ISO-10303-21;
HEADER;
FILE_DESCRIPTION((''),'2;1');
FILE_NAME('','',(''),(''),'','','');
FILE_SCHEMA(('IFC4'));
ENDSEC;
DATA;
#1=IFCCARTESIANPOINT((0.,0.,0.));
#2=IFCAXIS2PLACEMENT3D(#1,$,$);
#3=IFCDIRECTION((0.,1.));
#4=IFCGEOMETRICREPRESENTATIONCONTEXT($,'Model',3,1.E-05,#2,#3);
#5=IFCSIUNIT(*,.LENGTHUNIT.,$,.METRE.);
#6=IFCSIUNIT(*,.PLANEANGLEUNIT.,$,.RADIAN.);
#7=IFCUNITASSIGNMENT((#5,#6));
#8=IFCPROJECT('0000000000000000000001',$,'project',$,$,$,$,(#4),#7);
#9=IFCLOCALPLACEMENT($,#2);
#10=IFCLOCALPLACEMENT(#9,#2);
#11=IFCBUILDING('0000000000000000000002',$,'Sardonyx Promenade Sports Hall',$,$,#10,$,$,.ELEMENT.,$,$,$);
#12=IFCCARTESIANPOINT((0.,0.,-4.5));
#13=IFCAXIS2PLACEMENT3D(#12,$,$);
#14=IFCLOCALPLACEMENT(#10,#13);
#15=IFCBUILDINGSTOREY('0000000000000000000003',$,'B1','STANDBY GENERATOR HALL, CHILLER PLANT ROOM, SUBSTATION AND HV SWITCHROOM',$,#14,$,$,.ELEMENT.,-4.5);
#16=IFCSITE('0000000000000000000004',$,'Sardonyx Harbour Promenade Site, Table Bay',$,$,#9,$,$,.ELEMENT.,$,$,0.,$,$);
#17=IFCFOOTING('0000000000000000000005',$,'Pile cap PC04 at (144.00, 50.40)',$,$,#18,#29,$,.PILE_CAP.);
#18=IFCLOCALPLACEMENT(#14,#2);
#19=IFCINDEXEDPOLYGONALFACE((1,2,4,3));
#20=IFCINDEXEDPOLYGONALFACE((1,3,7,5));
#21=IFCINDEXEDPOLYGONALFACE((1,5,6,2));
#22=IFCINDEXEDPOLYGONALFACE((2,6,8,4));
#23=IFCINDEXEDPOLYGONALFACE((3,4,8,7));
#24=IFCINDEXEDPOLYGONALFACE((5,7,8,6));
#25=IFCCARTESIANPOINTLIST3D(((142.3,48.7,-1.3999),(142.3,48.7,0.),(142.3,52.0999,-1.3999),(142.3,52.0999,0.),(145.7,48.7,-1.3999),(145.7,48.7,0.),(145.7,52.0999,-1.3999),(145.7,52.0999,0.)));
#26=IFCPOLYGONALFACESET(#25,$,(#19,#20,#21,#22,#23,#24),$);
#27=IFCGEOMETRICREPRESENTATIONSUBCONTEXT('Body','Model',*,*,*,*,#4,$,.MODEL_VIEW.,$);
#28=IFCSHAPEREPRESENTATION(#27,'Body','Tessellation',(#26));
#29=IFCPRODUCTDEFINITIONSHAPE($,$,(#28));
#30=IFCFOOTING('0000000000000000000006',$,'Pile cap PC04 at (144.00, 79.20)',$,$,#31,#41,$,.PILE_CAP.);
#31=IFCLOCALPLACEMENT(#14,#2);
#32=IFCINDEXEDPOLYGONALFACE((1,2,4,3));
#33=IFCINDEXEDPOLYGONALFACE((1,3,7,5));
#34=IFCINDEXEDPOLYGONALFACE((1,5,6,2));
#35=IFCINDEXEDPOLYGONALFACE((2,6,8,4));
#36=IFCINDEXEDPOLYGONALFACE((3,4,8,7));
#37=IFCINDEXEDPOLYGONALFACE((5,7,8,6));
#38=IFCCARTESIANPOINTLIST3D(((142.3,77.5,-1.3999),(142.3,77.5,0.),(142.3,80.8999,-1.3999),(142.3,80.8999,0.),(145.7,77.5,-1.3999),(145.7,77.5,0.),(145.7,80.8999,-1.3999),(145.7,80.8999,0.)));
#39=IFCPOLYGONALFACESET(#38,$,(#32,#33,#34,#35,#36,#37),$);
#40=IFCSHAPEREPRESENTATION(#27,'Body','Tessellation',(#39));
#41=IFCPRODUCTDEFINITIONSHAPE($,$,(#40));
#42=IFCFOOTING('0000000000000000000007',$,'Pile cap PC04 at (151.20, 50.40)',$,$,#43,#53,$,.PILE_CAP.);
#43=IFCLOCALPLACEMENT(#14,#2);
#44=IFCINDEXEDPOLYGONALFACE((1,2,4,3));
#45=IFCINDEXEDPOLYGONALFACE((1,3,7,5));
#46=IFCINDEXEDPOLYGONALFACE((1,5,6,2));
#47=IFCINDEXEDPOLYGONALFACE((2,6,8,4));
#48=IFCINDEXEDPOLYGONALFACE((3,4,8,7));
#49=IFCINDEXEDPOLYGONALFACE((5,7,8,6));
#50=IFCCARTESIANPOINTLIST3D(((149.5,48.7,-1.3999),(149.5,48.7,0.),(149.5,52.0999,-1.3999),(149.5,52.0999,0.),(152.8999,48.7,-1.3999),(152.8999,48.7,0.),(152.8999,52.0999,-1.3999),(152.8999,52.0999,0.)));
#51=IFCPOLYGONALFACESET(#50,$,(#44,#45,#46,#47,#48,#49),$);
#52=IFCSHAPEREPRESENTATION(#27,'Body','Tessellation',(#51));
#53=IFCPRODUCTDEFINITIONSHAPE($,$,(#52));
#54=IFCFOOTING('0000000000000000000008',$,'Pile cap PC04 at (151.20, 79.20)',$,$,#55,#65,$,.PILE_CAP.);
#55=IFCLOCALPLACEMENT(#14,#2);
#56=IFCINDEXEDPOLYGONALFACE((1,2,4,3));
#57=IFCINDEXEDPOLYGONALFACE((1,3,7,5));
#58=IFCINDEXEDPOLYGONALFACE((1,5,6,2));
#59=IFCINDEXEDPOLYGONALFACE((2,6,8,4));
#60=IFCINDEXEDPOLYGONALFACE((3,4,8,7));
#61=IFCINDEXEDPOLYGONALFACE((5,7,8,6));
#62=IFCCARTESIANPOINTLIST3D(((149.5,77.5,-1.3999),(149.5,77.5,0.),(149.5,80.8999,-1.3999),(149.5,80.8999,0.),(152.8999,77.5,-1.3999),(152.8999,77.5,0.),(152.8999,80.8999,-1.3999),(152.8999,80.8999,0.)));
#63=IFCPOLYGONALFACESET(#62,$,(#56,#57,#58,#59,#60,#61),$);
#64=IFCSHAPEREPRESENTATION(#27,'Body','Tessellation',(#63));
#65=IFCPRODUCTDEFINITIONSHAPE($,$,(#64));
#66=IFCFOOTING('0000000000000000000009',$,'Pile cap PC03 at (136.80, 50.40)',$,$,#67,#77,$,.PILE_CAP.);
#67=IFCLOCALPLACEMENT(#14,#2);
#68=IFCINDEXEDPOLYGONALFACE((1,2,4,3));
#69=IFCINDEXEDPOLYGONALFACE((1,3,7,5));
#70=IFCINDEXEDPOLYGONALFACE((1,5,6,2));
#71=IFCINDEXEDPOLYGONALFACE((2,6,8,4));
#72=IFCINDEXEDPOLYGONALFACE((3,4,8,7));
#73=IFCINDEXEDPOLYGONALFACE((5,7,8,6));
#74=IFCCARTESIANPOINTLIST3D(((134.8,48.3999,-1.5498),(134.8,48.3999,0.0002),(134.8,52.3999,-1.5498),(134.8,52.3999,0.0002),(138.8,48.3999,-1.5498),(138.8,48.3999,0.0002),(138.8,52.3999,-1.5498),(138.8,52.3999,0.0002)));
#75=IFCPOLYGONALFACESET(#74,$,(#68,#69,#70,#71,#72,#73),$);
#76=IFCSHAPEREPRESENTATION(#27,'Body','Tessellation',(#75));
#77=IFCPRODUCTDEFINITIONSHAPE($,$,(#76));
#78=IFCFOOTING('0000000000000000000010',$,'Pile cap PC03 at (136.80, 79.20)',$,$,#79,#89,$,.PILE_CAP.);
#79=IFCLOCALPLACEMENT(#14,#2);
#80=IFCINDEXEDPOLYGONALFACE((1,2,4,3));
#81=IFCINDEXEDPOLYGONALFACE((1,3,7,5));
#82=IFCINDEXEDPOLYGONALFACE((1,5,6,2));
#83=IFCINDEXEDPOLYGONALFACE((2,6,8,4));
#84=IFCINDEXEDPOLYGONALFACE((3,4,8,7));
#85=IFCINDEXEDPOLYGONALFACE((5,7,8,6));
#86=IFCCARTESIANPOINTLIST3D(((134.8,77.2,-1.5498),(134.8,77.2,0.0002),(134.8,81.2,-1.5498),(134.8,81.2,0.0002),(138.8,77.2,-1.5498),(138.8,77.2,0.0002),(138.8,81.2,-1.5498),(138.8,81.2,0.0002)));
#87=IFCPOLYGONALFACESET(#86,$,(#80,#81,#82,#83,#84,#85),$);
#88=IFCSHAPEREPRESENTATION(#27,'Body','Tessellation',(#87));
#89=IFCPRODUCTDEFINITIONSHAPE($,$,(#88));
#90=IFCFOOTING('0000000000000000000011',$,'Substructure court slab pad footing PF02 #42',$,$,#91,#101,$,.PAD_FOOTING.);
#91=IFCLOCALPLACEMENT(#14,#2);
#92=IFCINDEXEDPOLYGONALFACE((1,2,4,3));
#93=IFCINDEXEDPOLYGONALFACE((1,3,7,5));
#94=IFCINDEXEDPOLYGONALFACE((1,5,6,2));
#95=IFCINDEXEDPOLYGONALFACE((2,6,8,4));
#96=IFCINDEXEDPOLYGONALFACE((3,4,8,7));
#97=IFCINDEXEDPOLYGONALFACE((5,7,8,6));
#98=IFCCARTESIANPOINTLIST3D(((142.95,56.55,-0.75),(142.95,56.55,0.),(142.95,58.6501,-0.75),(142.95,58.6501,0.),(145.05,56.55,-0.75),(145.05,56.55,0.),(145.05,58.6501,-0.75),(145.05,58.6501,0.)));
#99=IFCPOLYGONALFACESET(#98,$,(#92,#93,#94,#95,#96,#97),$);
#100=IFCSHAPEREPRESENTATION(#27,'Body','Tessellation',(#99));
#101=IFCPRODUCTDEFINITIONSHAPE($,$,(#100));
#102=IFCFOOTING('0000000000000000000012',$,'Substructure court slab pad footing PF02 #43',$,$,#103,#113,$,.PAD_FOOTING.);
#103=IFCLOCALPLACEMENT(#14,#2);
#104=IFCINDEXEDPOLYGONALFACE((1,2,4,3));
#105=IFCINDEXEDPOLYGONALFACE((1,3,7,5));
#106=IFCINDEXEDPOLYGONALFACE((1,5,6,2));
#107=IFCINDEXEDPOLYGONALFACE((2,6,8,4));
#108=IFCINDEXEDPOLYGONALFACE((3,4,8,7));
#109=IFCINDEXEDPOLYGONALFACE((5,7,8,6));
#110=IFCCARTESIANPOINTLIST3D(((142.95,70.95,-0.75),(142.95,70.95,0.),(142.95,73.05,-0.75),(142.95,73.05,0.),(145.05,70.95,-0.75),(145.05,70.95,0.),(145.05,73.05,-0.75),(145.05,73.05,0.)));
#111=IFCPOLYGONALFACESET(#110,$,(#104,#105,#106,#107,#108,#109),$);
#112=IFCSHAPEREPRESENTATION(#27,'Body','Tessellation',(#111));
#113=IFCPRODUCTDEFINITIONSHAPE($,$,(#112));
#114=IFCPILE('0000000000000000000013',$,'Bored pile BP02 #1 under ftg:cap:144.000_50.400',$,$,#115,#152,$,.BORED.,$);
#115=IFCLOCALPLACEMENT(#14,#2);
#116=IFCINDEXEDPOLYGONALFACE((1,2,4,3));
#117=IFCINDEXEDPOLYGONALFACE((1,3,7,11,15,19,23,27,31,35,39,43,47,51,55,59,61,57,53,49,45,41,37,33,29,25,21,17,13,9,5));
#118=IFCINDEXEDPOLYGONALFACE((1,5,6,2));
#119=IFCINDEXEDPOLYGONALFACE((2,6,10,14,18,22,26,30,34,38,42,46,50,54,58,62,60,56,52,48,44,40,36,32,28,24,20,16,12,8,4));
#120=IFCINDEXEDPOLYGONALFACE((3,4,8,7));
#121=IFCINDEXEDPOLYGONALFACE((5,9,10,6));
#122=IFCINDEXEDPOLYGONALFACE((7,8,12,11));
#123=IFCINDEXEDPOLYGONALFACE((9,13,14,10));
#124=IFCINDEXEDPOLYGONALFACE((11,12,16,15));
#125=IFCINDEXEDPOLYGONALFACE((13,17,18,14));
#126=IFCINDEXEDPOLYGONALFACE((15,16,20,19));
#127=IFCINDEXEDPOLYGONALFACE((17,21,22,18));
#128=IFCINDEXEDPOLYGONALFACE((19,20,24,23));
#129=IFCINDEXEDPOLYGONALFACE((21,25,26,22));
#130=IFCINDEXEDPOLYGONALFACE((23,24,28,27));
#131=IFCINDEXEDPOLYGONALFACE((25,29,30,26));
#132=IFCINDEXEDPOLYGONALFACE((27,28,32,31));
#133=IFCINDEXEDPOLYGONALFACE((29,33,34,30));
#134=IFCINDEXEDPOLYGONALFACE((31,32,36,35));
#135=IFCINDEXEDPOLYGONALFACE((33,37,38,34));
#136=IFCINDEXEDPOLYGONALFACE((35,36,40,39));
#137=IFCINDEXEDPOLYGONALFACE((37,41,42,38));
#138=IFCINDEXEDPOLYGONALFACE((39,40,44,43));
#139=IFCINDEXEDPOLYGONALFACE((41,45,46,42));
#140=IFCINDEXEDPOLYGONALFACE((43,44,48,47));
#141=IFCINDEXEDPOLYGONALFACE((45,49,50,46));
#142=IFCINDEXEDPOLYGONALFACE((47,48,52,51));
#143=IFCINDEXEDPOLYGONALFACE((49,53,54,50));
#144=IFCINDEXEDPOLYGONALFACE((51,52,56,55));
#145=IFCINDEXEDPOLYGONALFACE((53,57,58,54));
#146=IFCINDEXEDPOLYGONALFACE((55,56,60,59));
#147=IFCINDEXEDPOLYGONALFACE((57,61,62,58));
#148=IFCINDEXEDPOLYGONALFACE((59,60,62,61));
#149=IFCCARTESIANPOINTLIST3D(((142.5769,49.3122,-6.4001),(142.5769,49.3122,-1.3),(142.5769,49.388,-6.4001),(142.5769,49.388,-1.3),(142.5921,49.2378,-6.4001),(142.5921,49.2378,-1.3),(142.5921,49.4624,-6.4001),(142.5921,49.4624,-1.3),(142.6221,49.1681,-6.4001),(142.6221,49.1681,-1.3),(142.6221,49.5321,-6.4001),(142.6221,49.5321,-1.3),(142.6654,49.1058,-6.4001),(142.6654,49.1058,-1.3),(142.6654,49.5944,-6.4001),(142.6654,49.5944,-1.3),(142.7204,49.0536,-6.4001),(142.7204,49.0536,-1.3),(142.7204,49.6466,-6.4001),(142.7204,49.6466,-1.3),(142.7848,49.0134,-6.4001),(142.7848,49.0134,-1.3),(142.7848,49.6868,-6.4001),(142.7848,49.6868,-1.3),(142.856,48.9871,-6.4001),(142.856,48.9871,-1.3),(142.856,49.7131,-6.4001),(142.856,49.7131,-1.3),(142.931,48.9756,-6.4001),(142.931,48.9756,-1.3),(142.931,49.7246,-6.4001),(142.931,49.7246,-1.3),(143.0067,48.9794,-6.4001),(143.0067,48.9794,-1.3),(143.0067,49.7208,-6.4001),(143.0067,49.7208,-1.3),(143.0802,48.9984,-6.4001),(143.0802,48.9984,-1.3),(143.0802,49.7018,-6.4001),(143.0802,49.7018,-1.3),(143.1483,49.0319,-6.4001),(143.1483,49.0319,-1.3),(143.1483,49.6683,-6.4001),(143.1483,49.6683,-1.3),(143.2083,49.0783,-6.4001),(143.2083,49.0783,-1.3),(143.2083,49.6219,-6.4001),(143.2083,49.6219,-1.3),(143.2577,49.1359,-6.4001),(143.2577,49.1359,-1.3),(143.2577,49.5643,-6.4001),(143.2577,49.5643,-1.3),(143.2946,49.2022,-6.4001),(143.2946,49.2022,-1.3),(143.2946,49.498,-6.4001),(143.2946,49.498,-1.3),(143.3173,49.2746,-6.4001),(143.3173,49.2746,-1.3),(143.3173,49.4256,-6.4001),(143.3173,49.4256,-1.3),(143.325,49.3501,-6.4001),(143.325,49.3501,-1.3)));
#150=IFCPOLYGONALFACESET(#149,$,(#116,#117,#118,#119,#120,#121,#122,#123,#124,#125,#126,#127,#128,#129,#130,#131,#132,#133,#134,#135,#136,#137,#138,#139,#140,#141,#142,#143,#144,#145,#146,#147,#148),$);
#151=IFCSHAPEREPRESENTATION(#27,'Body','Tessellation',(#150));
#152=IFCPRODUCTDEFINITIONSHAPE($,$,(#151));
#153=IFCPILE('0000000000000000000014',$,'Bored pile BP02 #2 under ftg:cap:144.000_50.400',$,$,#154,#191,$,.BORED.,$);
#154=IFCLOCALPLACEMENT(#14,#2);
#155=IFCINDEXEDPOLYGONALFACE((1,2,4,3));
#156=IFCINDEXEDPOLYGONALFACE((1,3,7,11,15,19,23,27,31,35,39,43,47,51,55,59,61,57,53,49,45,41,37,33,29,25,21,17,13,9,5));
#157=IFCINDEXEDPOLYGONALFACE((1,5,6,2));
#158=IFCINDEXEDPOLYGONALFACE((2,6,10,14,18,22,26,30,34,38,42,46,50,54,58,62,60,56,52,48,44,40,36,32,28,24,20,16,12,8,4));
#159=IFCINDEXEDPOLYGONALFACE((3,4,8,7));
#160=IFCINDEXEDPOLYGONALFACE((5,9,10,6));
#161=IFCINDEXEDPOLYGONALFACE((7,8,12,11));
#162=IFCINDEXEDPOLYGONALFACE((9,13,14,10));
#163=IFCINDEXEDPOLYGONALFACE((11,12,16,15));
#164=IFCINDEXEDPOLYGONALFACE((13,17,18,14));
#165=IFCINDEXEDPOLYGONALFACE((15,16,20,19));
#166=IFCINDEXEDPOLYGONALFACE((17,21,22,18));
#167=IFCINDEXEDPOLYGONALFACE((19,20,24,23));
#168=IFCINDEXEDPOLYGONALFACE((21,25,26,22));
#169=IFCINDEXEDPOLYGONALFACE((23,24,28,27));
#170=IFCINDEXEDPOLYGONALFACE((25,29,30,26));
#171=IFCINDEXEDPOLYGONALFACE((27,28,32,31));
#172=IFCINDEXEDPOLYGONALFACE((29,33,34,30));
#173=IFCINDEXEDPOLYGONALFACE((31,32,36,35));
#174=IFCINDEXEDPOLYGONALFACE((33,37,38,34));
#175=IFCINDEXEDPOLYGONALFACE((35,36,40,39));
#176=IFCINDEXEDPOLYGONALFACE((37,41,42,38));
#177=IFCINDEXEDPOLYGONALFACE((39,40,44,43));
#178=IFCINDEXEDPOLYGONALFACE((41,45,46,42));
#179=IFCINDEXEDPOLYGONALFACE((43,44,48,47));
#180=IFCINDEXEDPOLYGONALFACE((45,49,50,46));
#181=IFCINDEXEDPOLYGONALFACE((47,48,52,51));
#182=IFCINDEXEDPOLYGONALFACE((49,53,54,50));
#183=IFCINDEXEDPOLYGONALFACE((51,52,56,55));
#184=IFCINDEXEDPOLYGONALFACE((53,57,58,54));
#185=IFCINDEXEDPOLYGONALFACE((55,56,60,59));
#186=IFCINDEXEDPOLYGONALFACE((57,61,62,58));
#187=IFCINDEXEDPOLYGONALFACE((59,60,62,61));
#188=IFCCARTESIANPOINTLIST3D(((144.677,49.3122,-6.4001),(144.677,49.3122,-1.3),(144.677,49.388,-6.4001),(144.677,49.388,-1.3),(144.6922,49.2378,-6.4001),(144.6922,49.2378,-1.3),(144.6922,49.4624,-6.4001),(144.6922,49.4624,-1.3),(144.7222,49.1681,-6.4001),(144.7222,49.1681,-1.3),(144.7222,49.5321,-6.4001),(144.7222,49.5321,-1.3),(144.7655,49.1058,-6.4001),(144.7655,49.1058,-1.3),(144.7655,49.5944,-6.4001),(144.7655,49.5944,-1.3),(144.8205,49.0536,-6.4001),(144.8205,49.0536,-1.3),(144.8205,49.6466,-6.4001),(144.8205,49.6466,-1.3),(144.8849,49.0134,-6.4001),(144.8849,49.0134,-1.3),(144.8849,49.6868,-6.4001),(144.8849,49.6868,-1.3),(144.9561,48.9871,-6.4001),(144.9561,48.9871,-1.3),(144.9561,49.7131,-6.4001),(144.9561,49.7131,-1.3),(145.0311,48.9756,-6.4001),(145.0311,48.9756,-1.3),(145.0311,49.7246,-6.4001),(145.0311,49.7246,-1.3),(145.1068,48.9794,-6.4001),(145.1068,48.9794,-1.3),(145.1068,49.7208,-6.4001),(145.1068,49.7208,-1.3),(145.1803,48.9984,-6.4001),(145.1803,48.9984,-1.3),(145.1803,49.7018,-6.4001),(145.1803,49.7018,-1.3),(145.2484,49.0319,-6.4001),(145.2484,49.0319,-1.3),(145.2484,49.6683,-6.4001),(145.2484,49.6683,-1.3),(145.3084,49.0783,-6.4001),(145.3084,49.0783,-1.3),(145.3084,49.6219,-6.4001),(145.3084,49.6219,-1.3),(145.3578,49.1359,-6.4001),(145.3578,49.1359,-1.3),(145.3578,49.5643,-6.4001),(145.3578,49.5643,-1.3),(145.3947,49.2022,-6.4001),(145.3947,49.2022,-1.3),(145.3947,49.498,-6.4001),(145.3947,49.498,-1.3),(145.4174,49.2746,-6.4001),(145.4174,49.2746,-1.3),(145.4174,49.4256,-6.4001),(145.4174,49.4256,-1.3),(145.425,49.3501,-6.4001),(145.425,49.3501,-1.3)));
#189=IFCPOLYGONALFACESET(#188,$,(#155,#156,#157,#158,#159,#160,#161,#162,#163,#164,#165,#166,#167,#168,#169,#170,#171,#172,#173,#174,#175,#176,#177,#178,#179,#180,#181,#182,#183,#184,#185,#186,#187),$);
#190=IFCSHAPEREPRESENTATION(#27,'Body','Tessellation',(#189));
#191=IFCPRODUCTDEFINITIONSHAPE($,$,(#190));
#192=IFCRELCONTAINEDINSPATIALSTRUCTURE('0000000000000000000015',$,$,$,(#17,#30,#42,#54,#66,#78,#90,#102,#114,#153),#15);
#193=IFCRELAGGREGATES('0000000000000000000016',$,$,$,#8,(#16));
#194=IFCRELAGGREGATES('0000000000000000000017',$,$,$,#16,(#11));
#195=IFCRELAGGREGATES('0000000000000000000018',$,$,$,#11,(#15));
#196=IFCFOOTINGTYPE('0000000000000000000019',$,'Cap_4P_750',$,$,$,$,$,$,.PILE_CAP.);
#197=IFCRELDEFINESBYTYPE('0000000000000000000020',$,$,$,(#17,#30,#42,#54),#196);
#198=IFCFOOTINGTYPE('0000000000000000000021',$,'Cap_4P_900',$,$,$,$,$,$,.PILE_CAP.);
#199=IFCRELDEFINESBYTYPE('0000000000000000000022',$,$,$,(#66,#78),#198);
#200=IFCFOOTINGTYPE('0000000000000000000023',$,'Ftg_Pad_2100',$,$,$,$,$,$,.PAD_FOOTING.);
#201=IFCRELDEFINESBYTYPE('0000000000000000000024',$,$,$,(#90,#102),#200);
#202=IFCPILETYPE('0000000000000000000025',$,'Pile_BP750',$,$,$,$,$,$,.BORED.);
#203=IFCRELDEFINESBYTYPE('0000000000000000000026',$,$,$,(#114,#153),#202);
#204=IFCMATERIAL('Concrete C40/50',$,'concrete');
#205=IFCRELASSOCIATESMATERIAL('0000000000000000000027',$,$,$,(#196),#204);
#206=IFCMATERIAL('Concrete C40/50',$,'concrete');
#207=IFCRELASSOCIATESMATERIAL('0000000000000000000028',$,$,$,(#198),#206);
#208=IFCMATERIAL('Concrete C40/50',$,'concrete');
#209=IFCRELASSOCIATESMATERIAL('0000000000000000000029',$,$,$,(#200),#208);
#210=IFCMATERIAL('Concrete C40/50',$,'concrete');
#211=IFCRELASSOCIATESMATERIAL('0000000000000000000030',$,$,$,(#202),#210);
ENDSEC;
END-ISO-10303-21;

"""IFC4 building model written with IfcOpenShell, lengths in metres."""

from ifc_helpers import new_model, si_unit, direction, frame, origin, origin_2d, place, context, subcontext, project, spatial, rectangle, circle, extrude, material, material_profile, profile_set, type_object, element, save


model = new_model("IFC4")

# Units and contexts
model_context = context("Model", 3, precision=1e-05, world=origin(), true_north=direction((0.0, 1.0)))
body_context = subcontext(model_context, "Body", "Model", "MODEL_VIEW")
ifc_project = project(units=[si_unit("LENGTHUNIT", "METRE"), si_unit("PLANEANGLEUNIT", "RADIAN")], contexts=[model_context])

# Site, building, storey
site_placement = place(None, origin())
site = spatial("IfcSite", under=ifc_project, at=site_placement, Name="Sardonyx Harbour Promenade Site, Table Bay", CompositionType="ELEMENT", RefElevation=0.0)
building_placement = place(site_placement, origin())
building = spatial("IfcBuilding", under=site, at=building_placement, Name="Sardonyx Promenade Sports Hall", CompositionType="ELEMENT")
storey_placement = place(building_placement, frame((0.0, 0.0, -4.5)))
storey = spatial("IfcBuildingStorey", under=building, at=storey_placement, Name="B1", Description="STANDBY GENERATOR HALL, CHILLER PLANT ROOM, SUBSTATION AND HV SWITCHROOM", CompositionType="ELEMENT", Elevation=-4.5)

# Footings
ifc_material_1 = material(Name="Concrete C40/50", Category="concrete")
footing_type_1 = type_object("IfcFootingType", Name="Cap_4P_750", PredefinedType="PILE_CAP", material=ifc_material_1)
for number, where, z_axis, x_axis, name in (
    (1, (144.0, 50.3999, -1.3999), (0.0, 0.0, 1.0), (1.0, 0.0, 0.0), "Pile cap PC04 at (144.00, 50.40)"),
    (2, (144.0, 79.2, -1.3999), (0.0, 0.0, 1.0), (1.0, 0.0, 0.0), "Pile cap PC04 at (144.00, 79.20)"),
    (3, (151.2, 50.3999, -1.3999), (0.0, 0.0, 1.0), (1.0, 0.0, 0.0), "Pile cap PC04 at (151.20, 50.40)"),
    (4, (151.2, 79.2, -1.3999), (0.0, 0.0, 1.0), (1.0, 0.0, 0.0), "Pile cap PC04 at (151.20, 79.20)"),
):
    element("IfcFooting", number, at=place(storey_placement, frame(where, z_axis=z_axis, x_axis=x_axis)), inside=storey, type_object=footing_type_1, Name=name, PredefinedType="PILE_CAP", context=body_context, shape_type="SweptSolid", body=[
        extrude(rectangle(XDim=3.3999, YDim=3.3999, at=origin_2d()), origin(), (0.0, 0.0, 1.0), 1.3999),
    ])
ifc_material_2 = material(Name="Concrete C40/50", Category="concrete")
footing_type_2 = type_object("IfcFootingType", Name="Cap_4P_900", PredefinedType="PILE_CAP", material=ifc_material_2)
for number, where, z_axis, x_axis, name in (
    (5, (136.8, 50.3999, -1.5498), (0.0, 0.0, 1.0), (1.0, 0.0, 0.0), "Pile cap PC03 at (136.80, 50.40)"),
    (6, (136.8, 79.2, -1.5498), (0.0, 0.0, 1.0), (1.0, 0.0, 0.0), "Pile cap PC03 at (136.80, 79.20)"),
):
    element("IfcFooting", number, at=place(storey_placement, frame(where, z_axis=z_axis, x_axis=x_axis)), inside=storey, type_object=footing_type_2, Name=name, PredefinedType="PILE_CAP", context=body_context, shape_type="SweptSolid", body=[
        extrude(rectangle(XDim=4.0, YDim=4.0, at=origin_2d()), origin(), (0.0, 0.0, 1.0), 1.55),
    ])
ifc_material_3 = material(Name="Concrete C40/50", Category="concrete")
footing_type_3 = type_object("IfcFootingType", Name="Ftg_Pad_2100", PredefinedType="PAD_FOOTING", material=ifc_material_3)
for number, where, z_axis, x_axis, name in (
    (7, (144.0, 57.6001, -0.75), (0.0, 0.0, 1.0), (1.0, 0.0, 0.0), "Substructure court slab pad footing PF02 #42"),
    (8, (144.0, 72.0, -0.75), (0.0, 0.0, 1.0), (1.0, 0.0, 0.0), "Substructure court slab pad footing PF02 #43"),
):
    element("IfcFooting", number, at=place(storey_placement, frame(where, z_axis=z_axis, x_axis=x_axis)), inside=storey, type_object=footing_type_3, Name=name, PredefinedType="PAD_FOOTING", context=body_context, shape_type="SweptSolid", body=[
        extrude(rectangle(XDim=2.1001, YDim=2.1001, at=origin_2d()), origin(), (0.0, 0.0, 1.0), 0.75),
    ])

# Piles
ifc_material_4 = material(Name="Concrete C40/50", Category="concrete")
ifc_material_profile_1 = material_profile(ifc_material_4, circle(Radius=0.375, at=origin_2d()))
ifc_profile_set_1 = profile_set([ifc_material_profile_1], Name="Concrete C40/50")
pile_type_1 = type_object("IfcPileType", Name="Pile_BP750", PredefinedType="BORED", material=ifc_profile_set_1)
for number, where, z_axis, x_axis, name in (
    (9, (142.95, 49.3501, -1.3), (0.0, 0.0, -1.0), (1.0, 0.0, 0.0), "Bored pile BP02 #1 under ftg:cap:144.000_50.400"),
    (10, (145.05, 49.3501, -1.3), (0.0, 0.0, -1.0), (1.0, 0.0, 0.0), "Bored pile BP02 #2 under ftg:cap:144.000_50.400"),
):
    element("IfcPile", number, at=place(storey_placement, frame(where, z_axis=z_axis, x_axis=x_axis)), inside=storey, type_object=pile_type_1, Name=name, PredefinedType="BORED", context=body_context, shape_type="SweptSolid", body=[
        extrude(circle(Radius=0.375, at=origin_2d()), origin(), (0.0, 0.0, 1.0), 5.1001),
    ])

save(model, "model.ifc")
